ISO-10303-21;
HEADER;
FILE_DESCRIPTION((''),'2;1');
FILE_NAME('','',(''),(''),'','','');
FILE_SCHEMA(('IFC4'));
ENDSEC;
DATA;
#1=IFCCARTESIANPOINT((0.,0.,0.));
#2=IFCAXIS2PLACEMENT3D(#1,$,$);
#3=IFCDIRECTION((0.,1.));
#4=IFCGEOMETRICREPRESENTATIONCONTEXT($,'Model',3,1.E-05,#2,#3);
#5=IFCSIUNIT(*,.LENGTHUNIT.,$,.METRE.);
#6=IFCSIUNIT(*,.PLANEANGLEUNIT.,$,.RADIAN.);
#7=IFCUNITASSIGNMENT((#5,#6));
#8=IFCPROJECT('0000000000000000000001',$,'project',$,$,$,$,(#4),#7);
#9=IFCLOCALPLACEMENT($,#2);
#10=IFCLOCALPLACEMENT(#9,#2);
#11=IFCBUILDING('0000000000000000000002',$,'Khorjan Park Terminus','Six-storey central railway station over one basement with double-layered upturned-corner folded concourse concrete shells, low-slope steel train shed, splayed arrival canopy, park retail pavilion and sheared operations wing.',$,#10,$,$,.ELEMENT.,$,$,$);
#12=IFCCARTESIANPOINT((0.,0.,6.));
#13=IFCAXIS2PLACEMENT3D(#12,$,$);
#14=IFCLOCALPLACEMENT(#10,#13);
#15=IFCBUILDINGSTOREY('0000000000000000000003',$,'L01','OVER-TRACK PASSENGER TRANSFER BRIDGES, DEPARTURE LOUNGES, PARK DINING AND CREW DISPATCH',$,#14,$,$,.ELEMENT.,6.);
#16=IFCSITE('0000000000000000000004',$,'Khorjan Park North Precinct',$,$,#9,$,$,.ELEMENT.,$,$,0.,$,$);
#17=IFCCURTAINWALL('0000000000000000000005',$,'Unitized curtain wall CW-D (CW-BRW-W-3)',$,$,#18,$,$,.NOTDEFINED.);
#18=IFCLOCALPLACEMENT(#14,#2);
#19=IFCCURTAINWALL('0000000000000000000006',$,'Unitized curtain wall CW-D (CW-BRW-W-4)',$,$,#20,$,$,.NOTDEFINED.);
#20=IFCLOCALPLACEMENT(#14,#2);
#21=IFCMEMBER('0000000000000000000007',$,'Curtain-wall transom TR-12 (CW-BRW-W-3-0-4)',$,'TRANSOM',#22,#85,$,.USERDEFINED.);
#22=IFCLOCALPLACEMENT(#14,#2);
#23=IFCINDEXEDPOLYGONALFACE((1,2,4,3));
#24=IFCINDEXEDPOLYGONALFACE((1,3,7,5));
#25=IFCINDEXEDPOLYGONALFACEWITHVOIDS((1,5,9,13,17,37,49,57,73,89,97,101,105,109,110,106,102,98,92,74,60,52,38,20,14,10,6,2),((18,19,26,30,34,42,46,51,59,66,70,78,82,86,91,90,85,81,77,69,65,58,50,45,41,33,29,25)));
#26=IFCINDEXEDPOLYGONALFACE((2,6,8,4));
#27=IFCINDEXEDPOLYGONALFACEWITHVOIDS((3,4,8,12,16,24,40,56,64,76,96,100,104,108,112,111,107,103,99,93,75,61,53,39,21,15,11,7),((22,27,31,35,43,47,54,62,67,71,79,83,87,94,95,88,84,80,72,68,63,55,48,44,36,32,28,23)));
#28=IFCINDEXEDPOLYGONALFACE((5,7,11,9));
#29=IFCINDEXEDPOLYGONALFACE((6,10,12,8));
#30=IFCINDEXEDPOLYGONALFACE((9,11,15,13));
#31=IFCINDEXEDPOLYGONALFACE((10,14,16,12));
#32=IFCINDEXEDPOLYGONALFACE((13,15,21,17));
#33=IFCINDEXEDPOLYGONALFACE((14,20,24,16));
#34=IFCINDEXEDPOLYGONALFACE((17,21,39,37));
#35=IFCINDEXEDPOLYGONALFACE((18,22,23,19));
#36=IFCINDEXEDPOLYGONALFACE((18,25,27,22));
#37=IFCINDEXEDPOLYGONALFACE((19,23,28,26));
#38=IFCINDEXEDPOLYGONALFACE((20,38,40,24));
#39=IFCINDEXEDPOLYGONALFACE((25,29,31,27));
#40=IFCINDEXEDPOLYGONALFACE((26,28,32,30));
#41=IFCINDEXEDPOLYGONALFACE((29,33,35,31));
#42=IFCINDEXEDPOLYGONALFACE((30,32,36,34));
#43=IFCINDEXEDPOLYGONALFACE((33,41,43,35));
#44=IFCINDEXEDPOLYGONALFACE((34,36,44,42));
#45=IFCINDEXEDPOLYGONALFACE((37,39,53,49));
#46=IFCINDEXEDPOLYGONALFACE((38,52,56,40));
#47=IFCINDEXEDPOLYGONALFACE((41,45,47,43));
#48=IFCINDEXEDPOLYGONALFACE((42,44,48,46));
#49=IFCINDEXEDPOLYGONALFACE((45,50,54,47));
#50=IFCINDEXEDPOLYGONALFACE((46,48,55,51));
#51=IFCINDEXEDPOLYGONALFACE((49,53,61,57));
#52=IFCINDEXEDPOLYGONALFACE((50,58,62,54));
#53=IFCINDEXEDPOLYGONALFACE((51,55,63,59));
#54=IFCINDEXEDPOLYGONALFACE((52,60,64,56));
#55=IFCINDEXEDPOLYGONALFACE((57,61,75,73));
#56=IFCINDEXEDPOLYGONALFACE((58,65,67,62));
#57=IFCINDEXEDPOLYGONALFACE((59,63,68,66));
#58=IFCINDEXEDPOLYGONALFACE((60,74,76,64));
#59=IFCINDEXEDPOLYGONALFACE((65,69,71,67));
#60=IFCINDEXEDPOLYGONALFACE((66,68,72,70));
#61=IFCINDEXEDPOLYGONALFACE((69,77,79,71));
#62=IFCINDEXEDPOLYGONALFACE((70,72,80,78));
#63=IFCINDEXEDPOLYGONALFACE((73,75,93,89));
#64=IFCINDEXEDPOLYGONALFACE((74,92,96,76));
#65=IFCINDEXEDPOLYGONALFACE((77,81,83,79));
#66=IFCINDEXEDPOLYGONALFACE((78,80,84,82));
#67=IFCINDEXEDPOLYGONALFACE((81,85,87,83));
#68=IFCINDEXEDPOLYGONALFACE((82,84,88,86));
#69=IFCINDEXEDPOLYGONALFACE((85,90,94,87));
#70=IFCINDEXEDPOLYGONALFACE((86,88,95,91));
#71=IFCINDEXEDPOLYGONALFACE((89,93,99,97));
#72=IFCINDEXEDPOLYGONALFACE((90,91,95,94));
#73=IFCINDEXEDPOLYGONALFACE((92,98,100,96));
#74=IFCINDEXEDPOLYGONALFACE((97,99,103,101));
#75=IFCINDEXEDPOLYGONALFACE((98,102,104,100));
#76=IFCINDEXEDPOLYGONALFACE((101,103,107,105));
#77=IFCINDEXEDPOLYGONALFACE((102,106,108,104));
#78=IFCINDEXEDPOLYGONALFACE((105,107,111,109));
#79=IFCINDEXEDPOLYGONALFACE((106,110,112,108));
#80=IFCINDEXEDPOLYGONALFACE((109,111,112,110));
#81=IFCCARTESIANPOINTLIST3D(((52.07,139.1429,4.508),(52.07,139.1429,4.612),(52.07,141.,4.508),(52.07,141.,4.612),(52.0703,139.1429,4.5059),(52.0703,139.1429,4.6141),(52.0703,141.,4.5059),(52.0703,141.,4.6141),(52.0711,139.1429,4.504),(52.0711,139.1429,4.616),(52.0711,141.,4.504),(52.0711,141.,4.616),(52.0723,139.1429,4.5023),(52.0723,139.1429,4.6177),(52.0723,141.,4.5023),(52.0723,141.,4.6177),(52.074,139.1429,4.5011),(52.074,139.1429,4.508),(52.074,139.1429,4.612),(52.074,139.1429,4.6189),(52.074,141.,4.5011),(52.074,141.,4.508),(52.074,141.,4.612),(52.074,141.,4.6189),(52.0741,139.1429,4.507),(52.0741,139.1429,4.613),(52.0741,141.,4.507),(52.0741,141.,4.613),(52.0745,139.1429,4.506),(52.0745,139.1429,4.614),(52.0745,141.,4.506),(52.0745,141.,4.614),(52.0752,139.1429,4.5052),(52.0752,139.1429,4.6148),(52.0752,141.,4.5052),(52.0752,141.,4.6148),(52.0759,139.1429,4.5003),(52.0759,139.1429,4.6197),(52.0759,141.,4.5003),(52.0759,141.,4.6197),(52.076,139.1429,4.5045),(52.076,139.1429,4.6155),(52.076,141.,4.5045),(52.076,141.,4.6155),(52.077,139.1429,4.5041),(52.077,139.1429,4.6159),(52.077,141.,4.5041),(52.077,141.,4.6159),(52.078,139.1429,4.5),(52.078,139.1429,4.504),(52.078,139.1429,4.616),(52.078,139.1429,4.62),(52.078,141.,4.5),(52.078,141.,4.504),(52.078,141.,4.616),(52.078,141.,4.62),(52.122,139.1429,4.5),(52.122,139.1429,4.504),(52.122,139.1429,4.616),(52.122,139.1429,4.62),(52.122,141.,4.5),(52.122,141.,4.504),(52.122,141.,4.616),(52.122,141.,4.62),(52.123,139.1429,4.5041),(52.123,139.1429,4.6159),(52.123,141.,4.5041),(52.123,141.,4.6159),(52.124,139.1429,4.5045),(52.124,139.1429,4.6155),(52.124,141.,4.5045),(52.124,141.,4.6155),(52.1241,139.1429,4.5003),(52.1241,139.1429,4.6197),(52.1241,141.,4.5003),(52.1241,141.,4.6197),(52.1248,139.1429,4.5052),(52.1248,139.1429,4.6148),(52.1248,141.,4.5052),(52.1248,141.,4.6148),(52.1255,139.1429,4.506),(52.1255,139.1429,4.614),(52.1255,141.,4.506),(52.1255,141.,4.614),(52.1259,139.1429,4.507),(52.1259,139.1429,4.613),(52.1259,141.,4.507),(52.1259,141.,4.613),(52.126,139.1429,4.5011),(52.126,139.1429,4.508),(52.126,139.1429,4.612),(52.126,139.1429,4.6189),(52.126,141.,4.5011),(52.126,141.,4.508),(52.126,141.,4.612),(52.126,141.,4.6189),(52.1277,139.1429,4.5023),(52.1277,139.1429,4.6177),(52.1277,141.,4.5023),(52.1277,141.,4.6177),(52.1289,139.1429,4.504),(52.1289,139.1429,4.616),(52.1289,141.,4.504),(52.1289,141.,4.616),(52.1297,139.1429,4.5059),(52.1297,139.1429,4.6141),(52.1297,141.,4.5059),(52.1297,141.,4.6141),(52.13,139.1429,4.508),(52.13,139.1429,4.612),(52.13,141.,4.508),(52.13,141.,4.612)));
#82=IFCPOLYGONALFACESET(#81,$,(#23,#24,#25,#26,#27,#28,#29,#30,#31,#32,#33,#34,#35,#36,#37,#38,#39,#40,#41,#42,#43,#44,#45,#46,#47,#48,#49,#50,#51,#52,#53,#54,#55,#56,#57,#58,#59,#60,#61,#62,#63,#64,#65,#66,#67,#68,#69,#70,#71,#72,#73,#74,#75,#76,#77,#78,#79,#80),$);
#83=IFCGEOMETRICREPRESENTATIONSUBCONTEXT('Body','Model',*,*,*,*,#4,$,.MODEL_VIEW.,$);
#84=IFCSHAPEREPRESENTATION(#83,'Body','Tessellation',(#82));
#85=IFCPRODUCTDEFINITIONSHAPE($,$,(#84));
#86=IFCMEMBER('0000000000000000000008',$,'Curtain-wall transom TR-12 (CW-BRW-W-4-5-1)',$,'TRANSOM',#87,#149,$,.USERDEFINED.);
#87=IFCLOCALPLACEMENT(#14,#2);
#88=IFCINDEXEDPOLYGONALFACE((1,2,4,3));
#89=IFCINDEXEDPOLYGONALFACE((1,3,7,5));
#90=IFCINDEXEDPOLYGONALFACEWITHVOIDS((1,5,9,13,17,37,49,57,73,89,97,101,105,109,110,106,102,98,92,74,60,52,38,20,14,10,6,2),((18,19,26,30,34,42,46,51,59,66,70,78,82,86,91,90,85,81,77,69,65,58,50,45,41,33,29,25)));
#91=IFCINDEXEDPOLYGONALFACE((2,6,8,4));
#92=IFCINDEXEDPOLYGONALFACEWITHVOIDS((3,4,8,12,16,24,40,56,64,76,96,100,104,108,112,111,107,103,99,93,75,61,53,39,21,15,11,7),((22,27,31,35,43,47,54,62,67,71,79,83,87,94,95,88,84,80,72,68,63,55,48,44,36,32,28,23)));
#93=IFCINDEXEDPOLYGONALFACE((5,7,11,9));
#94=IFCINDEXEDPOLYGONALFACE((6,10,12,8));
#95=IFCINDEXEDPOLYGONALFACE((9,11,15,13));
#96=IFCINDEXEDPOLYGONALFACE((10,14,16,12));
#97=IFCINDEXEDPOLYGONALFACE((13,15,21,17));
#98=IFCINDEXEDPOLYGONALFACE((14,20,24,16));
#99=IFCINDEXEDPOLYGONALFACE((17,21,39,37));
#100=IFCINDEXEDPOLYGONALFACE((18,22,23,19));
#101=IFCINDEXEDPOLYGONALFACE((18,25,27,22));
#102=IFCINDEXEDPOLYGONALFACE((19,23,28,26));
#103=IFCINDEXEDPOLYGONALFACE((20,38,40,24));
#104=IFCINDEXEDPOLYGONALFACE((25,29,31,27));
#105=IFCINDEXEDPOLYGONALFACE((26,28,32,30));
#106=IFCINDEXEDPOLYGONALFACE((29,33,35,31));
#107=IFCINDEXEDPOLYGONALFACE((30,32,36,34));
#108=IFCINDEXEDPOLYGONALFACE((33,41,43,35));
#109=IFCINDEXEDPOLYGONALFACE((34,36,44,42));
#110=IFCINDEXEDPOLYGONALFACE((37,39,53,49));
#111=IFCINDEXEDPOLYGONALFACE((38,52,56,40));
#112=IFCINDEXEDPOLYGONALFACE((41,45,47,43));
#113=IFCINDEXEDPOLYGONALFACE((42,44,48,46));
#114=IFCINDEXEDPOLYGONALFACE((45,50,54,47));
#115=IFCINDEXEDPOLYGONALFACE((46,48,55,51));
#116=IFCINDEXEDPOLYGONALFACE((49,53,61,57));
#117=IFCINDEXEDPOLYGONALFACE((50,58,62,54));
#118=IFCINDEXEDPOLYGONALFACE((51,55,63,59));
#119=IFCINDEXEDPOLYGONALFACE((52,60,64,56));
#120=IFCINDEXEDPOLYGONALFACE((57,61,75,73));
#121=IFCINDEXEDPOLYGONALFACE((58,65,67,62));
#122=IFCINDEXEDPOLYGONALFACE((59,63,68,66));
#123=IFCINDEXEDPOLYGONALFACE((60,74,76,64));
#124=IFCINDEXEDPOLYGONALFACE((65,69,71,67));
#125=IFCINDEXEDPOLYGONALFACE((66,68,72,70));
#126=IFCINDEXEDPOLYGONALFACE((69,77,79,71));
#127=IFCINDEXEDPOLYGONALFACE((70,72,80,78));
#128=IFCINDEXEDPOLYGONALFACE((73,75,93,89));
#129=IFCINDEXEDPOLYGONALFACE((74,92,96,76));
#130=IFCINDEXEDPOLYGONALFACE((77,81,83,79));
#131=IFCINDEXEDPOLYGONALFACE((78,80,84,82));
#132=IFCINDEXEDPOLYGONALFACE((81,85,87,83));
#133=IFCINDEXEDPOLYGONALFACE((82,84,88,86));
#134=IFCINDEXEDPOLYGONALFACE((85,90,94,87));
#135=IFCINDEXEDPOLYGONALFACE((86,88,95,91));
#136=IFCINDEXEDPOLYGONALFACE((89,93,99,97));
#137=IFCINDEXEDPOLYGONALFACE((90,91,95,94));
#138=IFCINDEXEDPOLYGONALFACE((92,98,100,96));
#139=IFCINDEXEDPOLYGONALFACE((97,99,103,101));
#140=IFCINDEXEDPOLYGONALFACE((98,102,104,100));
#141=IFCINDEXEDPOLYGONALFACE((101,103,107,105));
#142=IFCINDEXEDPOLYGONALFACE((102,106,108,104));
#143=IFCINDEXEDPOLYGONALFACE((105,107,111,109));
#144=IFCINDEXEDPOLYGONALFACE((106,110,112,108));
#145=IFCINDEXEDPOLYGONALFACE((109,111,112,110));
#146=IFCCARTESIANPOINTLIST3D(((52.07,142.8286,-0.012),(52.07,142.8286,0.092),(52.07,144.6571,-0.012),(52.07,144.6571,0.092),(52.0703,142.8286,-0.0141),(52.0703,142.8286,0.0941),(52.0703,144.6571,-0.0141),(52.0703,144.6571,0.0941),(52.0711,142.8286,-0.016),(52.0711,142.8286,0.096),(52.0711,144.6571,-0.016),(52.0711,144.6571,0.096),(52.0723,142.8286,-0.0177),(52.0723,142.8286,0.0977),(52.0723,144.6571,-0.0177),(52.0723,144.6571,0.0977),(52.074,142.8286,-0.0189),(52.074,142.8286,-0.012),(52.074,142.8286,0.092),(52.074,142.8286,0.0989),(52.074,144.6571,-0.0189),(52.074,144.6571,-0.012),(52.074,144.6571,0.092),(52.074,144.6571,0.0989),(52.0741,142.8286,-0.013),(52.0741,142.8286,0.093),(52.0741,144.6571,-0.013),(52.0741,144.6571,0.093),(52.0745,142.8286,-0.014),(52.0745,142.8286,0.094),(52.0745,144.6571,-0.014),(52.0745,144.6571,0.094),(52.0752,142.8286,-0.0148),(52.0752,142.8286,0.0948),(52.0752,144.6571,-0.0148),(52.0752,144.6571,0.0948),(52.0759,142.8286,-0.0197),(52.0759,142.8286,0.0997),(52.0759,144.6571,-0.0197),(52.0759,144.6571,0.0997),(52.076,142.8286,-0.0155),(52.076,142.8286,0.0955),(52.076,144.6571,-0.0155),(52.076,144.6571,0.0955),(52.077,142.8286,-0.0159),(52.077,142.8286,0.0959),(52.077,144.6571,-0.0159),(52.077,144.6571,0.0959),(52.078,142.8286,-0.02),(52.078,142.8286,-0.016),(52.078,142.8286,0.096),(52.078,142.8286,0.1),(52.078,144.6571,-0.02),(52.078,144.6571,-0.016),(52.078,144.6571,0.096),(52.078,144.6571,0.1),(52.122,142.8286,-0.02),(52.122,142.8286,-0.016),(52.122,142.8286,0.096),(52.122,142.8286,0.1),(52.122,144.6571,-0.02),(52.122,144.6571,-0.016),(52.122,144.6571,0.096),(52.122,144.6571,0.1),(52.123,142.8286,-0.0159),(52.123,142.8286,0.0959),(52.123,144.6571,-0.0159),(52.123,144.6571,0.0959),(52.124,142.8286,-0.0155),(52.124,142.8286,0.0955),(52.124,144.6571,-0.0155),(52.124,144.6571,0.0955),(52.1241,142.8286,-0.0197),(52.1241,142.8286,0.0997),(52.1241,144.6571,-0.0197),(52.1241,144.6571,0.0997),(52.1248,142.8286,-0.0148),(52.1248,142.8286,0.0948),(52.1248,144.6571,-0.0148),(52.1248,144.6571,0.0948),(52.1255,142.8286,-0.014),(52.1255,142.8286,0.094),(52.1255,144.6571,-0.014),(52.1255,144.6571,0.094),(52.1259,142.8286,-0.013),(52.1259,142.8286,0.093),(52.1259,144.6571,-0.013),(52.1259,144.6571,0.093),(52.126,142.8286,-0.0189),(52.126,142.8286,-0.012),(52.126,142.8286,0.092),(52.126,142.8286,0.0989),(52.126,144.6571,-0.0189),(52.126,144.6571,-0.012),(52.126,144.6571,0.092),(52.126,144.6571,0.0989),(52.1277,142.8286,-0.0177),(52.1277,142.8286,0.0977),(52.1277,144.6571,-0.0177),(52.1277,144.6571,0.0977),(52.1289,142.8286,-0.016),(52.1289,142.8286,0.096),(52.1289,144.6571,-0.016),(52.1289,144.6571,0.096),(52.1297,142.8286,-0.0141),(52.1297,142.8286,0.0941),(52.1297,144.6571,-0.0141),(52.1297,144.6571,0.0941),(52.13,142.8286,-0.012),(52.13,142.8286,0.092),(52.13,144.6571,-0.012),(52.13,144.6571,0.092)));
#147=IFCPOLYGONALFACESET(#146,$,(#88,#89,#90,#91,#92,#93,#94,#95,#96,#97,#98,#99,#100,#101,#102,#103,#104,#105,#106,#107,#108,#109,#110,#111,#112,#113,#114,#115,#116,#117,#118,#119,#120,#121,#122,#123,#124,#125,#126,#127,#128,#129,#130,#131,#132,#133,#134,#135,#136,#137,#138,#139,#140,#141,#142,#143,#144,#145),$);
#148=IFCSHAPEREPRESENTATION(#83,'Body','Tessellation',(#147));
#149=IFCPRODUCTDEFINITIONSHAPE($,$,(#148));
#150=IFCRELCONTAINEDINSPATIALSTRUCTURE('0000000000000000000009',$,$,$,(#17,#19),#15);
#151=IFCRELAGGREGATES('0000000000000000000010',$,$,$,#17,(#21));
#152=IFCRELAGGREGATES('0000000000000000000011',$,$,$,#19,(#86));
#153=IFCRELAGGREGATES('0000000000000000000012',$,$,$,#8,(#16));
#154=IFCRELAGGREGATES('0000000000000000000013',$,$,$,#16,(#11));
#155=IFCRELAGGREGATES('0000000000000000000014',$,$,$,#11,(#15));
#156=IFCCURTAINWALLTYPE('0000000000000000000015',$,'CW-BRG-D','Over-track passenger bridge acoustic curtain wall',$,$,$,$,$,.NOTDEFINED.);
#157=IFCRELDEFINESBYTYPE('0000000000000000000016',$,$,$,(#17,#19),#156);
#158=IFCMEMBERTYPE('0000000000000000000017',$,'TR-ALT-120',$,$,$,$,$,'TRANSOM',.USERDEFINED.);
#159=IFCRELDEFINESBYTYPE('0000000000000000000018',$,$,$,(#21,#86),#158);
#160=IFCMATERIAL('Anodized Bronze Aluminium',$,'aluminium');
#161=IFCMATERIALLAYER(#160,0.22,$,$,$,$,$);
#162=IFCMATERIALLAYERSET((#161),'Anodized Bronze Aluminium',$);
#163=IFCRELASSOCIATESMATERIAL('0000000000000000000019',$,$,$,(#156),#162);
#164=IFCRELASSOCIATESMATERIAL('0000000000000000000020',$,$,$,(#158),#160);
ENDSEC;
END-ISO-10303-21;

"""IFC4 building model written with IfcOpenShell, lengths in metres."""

from ifc_helpers import new_model, si_unit, direction, frame, origin, origin_2d, place, context, subcontext, project, spatial, hollow_rectangle, extrude, material, layer, layer_set, material_profile, profile_set, type_object, element, aggregate, save


model = new_model("IFC4")

# Units and contexts
model_context = context("Model", 3, precision=1e-05, world=origin(), true_north=direction((0.0, 1.0)))
body_context = subcontext(model_context, "Body", "Model", "MODEL_VIEW")
ifc_project = project(units=[si_unit("LENGTHUNIT", "METRE"), si_unit("PLANEANGLEUNIT", "RADIAN")], contexts=[model_context])

# Site, building, storey
site_placement = place(None, origin())
site = spatial("IfcSite", under=ifc_project, at=site_placement, Name="Khorjan Park North Precinct", CompositionType="ELEMENT", RefElevation=0.0)
building_placement = place(site_placement, origin())
building = spatial("IfcBuilding", under=site, at=building_placement, Name="Khorjan Park Terminus", Description="Six-storey central railway station over one basement with double-layered upturned-corner folded concourse concrete shells, low-slope steel train shed, splayed arrival canopy, park retail pavilion and sheared operations wing.", CompositionType="ELEMENT")
storey_placement = place(building_placement, frame((0.0, 0.0, 6.0)))
storey = spatial("IfcBuildingStorey", under=building, at=storey_placement, Name="L01", Description="OVER-TRACK PASSENGER TRANSFER BRIDGES, DEPARTURE LOUNGES, PARK DINING AND CREW DISPATCH", CompositionType="ELEMENT", Elevation=6.0)

# Curtain wall
ifc_material_1 = material(Name="Anodized Bronze Aluminium", Category="aluminium")
ifc_layer_1 = layer(ifc_material_1, 0.22)
ifc_layer_set_1 = layer_set([ifc_layer_1], Name="Anodized Bronze Aluminium")
curtain_wall_type = type_object("IfcCurtainWallType", Name="CW-BRG-D", Description="Over-track passenger bridge acoustic curtain wall", PredefinedType="NOTDEFINED", material=ifc_layer_set_1)
curtain_wall_1_placement = place(storey_placement, origin())
curtain_wall_1 = element("IfcCurtainWall", 1, at=curtain_wall_1_placement, inside=storey, type_object=curtain_wall_type, Name="Unitized curtain wall CW-D (CW-BRW-W-3)", PredefinedType="NOTDEFINED")

# Curtain wall
curtain_wall_2_placement = place(storey_placement, origin())
curtain_wall_2 = element("IfcCurtainWall", 2, at=curtain_wall_2_placement, inside=storey, type_object=curtain_wall_type, Name="Unitized curtain wall CW-D (CW-BRW-W-4)", PredefinedType="NOTDEFINED")

# Members
ifc_material_profile_1 = material_profile(ifc_material_1, hollow_rectangle(XDim=0.06, YDim=0.12, WallThickness=0.004, InnerFilletRadius=0.004, OuterFilletRadius=0.008, at=origin_2d()), Name="ALT 60x120x4")
ifc_profile_set_1 = profile_set([ifc_material_profile_1], Name="Anodized Bronze Aluminium")
member_type_1 = type_object("IfcMemberType", Name="TR-ALT-120", ElementType="TRANSOM", PredefinedType="USERDEFINED", material=ifc_profile_set_1)
member_1_placement = place(storey_placement, frame((52.1, 141.0, 4.56), z_axis=(0.0, -1.0, 0.0), x_axis=(1.0, 0.0, 0.0)))
member_1 = element("IfcMember", 3, at=member_1_placement, type_object=member_type_1, Name="Curtain-wall transom TR-12 (CW-BRW-W-3-0-4)", ObjectType="TRANSOM", PredefinedType="USERDEFINED", context=body_context, shape_type="SweptSolid", body=[
    extrude(hollow_rectangle(XDim=0.06, YDim=0.12, WallThickness=0.004, InnerFilletRadius=0.004, OuterFilletRadius=0.008, at=origin_2d()), origin(), (0.0, 0.0, 1.0), 1.8571),
])
member_2_placement = place(storey_placement, frame((52.1, 144.6571, 0.04), z_axis=(0.0, -1.0, 0.0), x_axis=(1.0, 0.0, 0.0)))
member_2 = element("IfcMember", 4, at=member_2_placement, type_object=member_type_1, Name="Curtain-wall transom TR-12 (CW-BRW-W-4-5-1)", ObjectType="TRANSOM", PredefinedType="USERDEFINED", context=body_context, shape_type="SweptSolid", body=[
    extrude(hollow_rectangle(XDim=0.06, YDim=0.12, WallThickness=0.004, InnerFilletRadius=0.004, OuterFilletRadius=0.008, at=origin_2d()), origin(), (0.0, 0.0, 1.0), 1.8285),
])

aggregate(curtain_wall_1, [member_1])
aggregate(curtain_wall_2, [member_2])

save(model, "model.ifc")
